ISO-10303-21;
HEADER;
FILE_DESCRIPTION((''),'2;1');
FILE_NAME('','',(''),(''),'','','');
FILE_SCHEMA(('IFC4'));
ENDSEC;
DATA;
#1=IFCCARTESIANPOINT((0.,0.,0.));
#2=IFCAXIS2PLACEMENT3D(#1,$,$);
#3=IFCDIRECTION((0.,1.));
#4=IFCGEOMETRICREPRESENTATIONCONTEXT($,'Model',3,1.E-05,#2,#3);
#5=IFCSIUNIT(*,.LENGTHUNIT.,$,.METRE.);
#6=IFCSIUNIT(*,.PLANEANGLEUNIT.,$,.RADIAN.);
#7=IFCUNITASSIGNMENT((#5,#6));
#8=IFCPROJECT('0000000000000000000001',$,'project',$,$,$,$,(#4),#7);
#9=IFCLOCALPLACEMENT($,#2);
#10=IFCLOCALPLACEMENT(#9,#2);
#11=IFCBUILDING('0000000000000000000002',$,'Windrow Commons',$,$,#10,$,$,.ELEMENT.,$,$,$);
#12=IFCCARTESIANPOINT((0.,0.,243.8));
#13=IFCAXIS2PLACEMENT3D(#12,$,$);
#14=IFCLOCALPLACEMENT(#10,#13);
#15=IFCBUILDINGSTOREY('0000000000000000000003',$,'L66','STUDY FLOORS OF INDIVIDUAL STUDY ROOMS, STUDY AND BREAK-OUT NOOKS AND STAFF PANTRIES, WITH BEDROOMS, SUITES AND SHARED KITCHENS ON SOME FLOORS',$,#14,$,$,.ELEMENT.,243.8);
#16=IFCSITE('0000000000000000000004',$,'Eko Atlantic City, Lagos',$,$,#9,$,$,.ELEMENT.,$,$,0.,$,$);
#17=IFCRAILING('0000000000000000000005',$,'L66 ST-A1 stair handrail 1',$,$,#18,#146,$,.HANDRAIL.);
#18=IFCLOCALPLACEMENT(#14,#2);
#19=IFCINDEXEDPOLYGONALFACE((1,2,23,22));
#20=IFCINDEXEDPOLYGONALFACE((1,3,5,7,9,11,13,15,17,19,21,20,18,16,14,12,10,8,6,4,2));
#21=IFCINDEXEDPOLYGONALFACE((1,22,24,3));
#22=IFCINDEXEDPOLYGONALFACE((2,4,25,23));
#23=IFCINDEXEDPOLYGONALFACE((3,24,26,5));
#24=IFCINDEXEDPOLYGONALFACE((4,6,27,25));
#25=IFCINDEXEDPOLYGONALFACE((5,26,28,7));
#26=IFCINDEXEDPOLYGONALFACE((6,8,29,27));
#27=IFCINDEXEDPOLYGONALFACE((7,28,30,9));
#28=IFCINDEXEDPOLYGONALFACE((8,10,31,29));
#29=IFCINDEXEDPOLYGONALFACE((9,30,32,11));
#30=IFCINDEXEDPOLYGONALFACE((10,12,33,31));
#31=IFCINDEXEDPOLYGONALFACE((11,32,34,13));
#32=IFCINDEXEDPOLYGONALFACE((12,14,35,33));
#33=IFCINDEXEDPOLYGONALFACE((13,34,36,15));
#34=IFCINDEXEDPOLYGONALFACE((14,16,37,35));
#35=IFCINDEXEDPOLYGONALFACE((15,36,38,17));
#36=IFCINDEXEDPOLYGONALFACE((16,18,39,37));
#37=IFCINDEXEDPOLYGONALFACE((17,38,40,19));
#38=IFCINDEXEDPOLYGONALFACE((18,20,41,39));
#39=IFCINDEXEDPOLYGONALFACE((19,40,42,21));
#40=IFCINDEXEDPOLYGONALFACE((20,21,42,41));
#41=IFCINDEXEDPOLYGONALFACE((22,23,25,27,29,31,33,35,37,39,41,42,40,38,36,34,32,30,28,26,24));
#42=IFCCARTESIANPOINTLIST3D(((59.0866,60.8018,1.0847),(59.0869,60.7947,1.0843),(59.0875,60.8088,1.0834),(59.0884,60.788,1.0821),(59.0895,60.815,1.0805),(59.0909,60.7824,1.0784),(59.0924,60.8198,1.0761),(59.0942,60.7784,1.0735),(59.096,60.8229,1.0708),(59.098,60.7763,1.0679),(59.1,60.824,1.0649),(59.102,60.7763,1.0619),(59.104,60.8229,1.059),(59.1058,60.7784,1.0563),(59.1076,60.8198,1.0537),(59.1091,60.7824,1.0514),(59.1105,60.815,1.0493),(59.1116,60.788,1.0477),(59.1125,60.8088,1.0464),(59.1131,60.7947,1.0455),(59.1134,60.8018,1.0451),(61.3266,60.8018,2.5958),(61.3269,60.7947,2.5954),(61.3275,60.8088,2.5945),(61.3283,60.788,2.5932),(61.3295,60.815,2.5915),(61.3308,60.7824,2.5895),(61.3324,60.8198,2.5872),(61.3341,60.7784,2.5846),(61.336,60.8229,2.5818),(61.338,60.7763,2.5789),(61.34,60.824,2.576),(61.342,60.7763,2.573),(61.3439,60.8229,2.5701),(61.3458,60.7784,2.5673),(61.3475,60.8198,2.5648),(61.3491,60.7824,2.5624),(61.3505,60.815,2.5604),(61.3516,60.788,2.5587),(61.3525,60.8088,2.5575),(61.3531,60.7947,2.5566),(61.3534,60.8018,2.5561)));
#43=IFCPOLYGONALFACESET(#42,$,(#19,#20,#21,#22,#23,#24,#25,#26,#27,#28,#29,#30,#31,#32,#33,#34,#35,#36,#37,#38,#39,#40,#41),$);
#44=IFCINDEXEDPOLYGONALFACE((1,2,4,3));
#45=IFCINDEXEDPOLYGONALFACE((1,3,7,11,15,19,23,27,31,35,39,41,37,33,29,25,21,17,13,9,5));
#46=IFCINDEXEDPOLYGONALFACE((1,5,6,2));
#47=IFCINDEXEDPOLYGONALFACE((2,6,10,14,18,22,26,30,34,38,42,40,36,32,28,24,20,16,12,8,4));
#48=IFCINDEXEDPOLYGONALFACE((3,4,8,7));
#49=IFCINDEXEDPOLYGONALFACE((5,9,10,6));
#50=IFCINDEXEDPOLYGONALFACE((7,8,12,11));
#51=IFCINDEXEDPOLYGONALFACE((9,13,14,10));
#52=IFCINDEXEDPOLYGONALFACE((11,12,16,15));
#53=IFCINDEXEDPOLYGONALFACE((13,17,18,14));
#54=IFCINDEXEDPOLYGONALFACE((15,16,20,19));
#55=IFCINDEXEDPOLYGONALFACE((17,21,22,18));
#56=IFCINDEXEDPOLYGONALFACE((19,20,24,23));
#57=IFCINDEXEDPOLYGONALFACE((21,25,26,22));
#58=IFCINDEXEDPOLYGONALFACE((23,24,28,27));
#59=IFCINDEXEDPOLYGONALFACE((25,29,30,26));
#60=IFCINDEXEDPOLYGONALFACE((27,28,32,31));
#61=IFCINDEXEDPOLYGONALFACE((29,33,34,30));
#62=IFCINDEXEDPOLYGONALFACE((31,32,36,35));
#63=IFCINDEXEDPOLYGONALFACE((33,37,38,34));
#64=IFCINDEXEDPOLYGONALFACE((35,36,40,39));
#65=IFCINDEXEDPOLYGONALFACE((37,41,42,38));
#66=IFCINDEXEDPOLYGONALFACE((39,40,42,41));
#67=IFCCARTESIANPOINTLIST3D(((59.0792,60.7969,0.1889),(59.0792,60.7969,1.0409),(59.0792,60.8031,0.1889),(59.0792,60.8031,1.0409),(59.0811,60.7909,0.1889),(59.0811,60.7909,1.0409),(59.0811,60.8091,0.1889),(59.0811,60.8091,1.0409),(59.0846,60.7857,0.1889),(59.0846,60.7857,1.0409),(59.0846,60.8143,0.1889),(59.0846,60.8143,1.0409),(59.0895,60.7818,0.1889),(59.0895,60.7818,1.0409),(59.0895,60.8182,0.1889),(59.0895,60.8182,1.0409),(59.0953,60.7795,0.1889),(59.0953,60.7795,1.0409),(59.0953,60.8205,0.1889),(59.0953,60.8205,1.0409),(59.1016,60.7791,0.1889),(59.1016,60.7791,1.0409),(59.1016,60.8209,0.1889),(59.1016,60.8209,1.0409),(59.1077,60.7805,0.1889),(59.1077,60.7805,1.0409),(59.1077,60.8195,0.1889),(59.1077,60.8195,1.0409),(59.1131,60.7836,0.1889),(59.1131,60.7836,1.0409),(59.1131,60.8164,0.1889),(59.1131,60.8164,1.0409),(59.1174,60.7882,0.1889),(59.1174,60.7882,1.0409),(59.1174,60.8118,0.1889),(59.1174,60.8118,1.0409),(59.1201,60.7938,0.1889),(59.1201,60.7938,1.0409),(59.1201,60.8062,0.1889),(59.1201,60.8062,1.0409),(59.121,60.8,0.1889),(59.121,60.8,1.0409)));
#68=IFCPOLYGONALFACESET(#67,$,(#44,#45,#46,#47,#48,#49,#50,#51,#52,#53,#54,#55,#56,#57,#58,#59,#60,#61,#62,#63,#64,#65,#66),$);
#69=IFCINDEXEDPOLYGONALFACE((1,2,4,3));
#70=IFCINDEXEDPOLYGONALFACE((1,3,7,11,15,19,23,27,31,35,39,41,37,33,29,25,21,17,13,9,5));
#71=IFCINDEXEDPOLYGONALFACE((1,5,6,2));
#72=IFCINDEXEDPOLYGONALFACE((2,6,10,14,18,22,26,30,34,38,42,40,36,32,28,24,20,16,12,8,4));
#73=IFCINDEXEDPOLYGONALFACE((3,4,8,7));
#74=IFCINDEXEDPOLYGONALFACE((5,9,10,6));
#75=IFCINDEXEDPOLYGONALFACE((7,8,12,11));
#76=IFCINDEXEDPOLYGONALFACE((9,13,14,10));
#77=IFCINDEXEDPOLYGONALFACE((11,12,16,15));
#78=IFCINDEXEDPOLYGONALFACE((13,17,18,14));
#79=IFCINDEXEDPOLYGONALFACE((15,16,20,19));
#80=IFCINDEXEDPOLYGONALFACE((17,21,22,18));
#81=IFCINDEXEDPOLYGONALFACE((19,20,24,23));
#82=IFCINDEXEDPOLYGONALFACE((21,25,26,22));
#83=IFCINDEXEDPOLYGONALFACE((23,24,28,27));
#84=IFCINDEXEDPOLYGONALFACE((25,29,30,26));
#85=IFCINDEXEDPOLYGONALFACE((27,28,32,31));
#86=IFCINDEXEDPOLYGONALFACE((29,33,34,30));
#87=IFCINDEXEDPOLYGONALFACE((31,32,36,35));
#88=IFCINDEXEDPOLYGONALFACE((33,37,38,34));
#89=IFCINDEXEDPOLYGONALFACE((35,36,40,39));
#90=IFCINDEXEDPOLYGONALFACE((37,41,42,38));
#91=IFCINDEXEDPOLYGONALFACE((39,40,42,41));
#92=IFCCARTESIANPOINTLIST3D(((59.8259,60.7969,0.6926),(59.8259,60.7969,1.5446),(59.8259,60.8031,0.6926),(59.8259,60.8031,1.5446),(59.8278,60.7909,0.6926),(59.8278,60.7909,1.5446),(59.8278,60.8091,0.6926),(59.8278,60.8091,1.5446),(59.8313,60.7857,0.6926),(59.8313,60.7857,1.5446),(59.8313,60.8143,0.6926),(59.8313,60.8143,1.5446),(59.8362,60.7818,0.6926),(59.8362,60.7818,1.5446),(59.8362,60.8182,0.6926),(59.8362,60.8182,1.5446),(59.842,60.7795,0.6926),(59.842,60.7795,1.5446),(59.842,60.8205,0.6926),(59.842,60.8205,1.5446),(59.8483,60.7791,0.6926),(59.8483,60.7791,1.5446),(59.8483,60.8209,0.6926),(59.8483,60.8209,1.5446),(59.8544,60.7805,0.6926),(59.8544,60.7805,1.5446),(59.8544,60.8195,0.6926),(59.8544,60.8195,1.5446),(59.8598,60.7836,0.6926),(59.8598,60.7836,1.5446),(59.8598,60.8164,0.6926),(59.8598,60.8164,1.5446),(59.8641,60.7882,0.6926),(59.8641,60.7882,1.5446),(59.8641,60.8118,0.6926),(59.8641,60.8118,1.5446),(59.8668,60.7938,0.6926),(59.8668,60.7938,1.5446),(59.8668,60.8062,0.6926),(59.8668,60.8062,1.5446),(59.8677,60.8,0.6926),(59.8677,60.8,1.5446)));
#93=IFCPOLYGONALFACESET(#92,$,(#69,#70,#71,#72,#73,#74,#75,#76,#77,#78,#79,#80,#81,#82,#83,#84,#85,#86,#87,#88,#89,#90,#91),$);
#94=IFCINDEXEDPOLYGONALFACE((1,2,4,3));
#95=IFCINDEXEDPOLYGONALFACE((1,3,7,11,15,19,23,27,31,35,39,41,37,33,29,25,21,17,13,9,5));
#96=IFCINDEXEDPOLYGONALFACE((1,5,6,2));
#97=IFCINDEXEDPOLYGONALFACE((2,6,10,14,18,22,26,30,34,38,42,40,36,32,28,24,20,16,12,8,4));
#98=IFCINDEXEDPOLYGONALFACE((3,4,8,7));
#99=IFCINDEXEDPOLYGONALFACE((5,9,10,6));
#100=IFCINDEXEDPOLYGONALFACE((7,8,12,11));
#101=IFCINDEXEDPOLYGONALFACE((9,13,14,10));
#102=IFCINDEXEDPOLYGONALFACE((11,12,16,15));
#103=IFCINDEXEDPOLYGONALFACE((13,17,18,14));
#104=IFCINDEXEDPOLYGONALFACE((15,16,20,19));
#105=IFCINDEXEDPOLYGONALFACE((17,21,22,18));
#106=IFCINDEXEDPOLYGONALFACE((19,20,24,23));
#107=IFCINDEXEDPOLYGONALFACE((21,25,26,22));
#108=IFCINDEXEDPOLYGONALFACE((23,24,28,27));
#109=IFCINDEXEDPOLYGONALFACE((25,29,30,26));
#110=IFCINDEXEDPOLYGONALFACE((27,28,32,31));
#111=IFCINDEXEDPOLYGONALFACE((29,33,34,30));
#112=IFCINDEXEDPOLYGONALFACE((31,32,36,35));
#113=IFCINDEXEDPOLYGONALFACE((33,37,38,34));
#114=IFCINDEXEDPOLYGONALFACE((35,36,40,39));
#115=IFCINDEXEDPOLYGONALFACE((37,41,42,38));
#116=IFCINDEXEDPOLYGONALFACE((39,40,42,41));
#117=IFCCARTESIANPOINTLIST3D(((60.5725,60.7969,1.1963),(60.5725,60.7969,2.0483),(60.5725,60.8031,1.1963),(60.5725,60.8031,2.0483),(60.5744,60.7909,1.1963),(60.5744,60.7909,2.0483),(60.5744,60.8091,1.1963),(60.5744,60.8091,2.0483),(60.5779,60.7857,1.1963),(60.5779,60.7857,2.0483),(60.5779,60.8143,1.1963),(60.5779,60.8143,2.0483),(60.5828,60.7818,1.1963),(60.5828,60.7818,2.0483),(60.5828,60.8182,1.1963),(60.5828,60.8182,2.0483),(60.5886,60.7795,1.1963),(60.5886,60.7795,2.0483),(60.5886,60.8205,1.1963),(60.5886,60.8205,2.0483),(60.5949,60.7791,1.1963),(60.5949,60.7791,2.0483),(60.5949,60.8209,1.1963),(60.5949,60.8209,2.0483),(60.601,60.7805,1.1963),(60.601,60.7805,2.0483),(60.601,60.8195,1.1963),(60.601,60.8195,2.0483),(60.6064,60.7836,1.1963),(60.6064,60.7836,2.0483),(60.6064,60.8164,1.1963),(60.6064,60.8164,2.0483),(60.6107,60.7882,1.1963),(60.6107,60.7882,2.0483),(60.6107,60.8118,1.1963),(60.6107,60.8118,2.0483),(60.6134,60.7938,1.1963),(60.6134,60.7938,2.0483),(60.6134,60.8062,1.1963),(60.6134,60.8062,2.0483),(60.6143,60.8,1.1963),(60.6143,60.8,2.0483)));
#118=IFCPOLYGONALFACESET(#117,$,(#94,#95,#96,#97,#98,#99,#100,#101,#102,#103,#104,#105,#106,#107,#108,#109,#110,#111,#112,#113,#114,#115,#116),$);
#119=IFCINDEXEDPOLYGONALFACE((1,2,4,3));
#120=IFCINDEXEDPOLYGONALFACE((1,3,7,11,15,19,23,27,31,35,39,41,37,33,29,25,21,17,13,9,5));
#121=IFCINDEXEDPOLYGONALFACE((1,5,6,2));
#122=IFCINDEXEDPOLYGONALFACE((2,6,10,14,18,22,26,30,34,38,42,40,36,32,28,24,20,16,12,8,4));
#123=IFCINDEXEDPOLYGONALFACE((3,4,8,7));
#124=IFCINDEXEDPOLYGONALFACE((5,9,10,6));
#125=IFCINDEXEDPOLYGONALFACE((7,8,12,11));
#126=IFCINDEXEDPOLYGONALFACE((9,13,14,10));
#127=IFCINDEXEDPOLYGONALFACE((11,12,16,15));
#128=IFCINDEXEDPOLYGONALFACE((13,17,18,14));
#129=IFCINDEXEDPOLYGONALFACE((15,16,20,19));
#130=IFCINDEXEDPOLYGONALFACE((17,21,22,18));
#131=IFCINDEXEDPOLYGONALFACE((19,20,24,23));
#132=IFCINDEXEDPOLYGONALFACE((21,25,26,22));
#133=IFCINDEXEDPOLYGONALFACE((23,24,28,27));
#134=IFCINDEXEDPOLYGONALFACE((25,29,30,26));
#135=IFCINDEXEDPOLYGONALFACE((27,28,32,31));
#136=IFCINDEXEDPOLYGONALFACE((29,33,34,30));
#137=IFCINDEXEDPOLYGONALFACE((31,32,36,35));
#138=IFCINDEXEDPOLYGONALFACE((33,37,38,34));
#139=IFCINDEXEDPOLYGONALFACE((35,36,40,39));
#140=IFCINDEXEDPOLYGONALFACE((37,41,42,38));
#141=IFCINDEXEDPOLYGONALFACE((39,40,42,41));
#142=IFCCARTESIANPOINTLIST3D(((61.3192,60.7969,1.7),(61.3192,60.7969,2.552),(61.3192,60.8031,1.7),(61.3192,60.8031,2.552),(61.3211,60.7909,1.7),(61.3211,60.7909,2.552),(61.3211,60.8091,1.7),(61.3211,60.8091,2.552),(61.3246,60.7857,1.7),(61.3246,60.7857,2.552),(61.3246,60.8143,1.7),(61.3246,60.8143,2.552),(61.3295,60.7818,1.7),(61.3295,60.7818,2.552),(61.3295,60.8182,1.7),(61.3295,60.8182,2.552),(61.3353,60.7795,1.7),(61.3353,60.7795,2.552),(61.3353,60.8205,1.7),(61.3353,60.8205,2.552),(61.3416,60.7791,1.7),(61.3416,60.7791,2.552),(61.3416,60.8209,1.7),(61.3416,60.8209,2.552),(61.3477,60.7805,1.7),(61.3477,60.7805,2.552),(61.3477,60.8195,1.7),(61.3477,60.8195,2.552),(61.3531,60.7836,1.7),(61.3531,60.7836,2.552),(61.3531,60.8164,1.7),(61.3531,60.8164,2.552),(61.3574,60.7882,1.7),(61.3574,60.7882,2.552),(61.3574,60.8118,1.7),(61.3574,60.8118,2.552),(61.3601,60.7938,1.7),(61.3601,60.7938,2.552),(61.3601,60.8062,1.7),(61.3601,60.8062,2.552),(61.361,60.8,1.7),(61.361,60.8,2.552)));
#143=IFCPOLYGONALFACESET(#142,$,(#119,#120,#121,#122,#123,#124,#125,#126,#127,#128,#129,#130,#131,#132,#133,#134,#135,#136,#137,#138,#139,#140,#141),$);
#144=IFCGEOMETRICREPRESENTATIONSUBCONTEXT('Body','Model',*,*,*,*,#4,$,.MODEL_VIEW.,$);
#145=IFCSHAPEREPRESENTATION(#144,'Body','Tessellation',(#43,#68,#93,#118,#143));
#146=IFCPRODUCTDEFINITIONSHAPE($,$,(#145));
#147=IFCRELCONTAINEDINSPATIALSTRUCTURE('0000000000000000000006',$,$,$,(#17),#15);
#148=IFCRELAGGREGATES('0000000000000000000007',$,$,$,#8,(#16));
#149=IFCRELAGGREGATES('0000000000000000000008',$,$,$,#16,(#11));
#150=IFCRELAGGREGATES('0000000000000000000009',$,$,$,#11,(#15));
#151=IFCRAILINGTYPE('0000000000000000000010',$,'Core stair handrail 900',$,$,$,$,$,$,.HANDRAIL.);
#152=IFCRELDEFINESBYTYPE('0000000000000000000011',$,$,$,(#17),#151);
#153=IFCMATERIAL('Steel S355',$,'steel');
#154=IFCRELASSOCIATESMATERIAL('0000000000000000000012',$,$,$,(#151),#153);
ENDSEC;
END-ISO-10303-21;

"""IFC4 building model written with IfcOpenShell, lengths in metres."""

from ifc_helpers import new_model, si_unit, direction, frame, origin, origin_2d, place, context, subcontext, project, spatial, circle, extrude, material, type_object, element, save


model = new_model("IFC4")

# Units and contexts
model_context = context("Model", 3, precision=1e-05, world=origin(), true_north=direction((0.0, 1.0)))
body_context = subcontext(model_context, "Body", "Model", "MODEL_VIEW")
ifc_project = project(units=[si_unit("LENGTHUNIT", "METRE"), si_unit("PLANEANGLEUNIT", "RADIAN")], contexts=[model_context])

# Site, building, storey
site_placement = place(None, origin())
site = spatial("IfcSite", under=ifc_project, at=site_placement, Name="Eko Atlantic City, Lagos", CompositionType="ELEMENT", RefElevation=0.0)
building_placement = place(site_placement, origin())
building = spatial("IfcBuilding", under=site, at=building_placement, Name="Windrow Commons", CompositionType="ELEMENT")
storey_placement = place(building_placement, frame((0.0, 0.0, 243.8)))
storey = spatial("IfcBuildingStorey", under=building, at=storey_placement, Name="L66", Description="STUDY FLOORS OF INDIVIDUAL STUDY ROOMS, STUDY AND BREAK-OUT NOOKS AND STAFF PANTRIES, WITH BEDROOMS, SUITES AND SHARED KITCHENS ON SOME FLOORS", CompositionType="ELEMENT", Elevation=243.8)

# Railing
ifc_material_1 = material(Name="Steel S355", Category="steel")
railing_type_1 = type_object("IfcRailingType", Name="Core stair handrail 900", PredefinedType="HANDRAIL", material=ifc_material_1)
railing_1_placement = place(storey_placement, frame((59.1, 60.8, 0.1889)))
element("IfcRailing", 1, at=railing_1_placement, inside=storey, type_object=railing_type_1, Name="L66 ST-A1 stair handrail 1", PredefinedType="HANDRAIL", context=body_context, shape_type="SweptSolid", body=[
    extrude(circle(Radius=0.024, at=origin_2d()), frame((0.0, 0.0, 0.876), z_axis=(0.829003, 0.0, 0.559244), x_axis=(0.0, 1.0, 0.0)), (0.0, 0.0, 1.0), 2.702),
    extrude(circle(Radius=0.021, at=origin_2d()), origin(), (0.0, 0.0, 1.0), 0.852),
    extrude(circle(Radius=0.021, at=origin_2d()), frame((0.7467, 0.0, 0.5037)), (0.0, 0.0, 1.0), 0.852),
    extrude(circle(Radius=0.021, at=origin_2d()), frame((1.4933, 0.0, 1.0074)), (0.0, 0.0, 1.0), 0.852),
    extrude(circle(Radius=0.021, at=origin_2d()), frame((2.24, 0.0, 1.5111)), (0.0, 0.0, 1.0), 0.852),
])

save(model, "model.ifc")
